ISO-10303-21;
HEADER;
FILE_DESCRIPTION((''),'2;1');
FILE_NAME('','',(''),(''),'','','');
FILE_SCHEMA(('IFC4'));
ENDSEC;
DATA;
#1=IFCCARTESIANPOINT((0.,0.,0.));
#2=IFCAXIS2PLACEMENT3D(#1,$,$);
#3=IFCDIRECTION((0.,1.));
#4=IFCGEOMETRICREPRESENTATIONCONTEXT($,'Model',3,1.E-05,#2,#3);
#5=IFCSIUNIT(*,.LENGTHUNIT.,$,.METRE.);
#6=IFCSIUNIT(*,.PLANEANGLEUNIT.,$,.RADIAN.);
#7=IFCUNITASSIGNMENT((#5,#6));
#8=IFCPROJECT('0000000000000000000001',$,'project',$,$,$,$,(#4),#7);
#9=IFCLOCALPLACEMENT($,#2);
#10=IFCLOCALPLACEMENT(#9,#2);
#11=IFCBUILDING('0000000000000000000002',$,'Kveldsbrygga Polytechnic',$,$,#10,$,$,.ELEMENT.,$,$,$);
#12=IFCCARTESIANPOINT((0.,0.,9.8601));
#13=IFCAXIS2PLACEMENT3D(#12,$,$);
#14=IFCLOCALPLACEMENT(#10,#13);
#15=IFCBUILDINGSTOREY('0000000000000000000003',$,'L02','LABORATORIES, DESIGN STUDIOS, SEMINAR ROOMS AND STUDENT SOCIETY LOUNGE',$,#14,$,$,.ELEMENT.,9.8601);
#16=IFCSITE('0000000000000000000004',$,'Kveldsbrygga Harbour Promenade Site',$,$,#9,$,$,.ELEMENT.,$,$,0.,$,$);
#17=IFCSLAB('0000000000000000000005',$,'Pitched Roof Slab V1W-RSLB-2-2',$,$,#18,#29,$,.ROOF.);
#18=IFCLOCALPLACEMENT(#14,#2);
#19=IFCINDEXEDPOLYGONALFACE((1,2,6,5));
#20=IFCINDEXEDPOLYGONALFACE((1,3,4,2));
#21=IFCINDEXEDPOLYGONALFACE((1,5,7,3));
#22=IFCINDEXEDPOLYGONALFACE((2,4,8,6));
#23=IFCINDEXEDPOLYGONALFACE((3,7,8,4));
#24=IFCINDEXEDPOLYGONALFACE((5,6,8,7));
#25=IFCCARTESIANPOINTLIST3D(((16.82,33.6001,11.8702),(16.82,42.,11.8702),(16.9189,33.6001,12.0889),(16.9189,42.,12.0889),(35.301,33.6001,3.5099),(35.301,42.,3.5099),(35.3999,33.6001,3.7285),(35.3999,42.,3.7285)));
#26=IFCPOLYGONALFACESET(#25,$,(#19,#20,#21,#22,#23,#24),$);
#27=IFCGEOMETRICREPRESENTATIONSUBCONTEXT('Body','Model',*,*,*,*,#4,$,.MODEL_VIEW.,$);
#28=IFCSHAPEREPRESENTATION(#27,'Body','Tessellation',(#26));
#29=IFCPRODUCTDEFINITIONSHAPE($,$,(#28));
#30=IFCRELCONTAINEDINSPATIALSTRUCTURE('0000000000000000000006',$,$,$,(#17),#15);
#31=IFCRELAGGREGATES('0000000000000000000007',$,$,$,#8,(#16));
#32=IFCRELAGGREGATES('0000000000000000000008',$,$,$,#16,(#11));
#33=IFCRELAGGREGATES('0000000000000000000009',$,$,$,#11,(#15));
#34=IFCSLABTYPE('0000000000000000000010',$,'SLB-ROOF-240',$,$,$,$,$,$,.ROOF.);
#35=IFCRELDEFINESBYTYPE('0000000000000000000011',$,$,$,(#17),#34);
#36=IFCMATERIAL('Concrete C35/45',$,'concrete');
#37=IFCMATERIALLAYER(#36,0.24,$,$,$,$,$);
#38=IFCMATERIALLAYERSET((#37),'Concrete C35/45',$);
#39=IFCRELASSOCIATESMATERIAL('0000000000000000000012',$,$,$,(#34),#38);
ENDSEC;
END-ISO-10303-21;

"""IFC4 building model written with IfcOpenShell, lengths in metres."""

from ifc_helpers import new_model, si_unit, direction, frame, origin, place, context, subcontext, project, spatial, polyline, outline, extrude, material, layer, layer_set, type_object, element, save


model = new_model("IFC4")

# Units and contexts
model_context = context("Model", 3, precision=1e-05, world=origin(), true_north=direction((0.0, 1.0)))
body_context = subcontext(model_context, "Body", "Model", "MODEL_VIEW")
ifc_project = project(units=[si_unit("LENGTHUNIT", "METRE"), si_unit("PLANEANGLEUNIT", "RADIAN")], contexts=[model_context])

# Site, building, storey
site_placement = place(None, origin())
site = spatial("IfcSite", under=ifc_project, at=site_placement, Name="Kveldsbrygga Harbour Promenade Site", CompositionType="ELEMENT", RefElevation=0.0)
building_placement = place(site_placement, origin())
building = spatial("IfcBuilding", under=site, at=building_placement, Name="Kveldsbrygga Polytechnic", CompositionType="ELEMENT")
storey_placement = place(building_placement, frame((0.0, 0.0, 9.8601)))
storey = spatial("IfcBuildingStorey", under=building, at=storey_placement, Name="L02", Description="LABORATORIES, DESIGN STUDIOS, SEMINAR ROOMS AND STUDENT SOCIETY LOUNGE", CompositionType="ELEMENT", Elevation=9.8601)

# Slab
ifc_material_1 = material(Name="Concrete C35/45", Category="concrete")
ifc_layer_1 = layer(ifc_material_1, 0.24)
ifc_layer_set_1 = layer_set([ifc_layer_1], Name="Concrete C35/45")
slab_type = type_object("IfcSlabType", Name="SLB-ROOF-240", PredefinedType="ROOF", material=ifc_layer_set_1)
slab_placement = place(storey_placement, frame((16.9189, 33.6001, 12.0889), z_axis=(0.412165, 0.0, 0.911109), x_axis=(0.911109, 0.0, -0.412165)))
element("IfcSlab", 1, at=slab_placement, inside=storey, type_object=slab_type, Name="Pitched Roof Slab V1W-RSLB-2-2", PredefinedType="ROOF", context=body_context, shape_type="SweptSolid", body=[
    extrude(outline(polyline([(0.0, 0.0), (20.284, 0.0), (20.284, 8.3999), (0.0, 8.3999), (0.0, 0.0)])), origin(), (0.0, 0.0, -1.0), 0.24),
])

save(model, "model.ifc")
